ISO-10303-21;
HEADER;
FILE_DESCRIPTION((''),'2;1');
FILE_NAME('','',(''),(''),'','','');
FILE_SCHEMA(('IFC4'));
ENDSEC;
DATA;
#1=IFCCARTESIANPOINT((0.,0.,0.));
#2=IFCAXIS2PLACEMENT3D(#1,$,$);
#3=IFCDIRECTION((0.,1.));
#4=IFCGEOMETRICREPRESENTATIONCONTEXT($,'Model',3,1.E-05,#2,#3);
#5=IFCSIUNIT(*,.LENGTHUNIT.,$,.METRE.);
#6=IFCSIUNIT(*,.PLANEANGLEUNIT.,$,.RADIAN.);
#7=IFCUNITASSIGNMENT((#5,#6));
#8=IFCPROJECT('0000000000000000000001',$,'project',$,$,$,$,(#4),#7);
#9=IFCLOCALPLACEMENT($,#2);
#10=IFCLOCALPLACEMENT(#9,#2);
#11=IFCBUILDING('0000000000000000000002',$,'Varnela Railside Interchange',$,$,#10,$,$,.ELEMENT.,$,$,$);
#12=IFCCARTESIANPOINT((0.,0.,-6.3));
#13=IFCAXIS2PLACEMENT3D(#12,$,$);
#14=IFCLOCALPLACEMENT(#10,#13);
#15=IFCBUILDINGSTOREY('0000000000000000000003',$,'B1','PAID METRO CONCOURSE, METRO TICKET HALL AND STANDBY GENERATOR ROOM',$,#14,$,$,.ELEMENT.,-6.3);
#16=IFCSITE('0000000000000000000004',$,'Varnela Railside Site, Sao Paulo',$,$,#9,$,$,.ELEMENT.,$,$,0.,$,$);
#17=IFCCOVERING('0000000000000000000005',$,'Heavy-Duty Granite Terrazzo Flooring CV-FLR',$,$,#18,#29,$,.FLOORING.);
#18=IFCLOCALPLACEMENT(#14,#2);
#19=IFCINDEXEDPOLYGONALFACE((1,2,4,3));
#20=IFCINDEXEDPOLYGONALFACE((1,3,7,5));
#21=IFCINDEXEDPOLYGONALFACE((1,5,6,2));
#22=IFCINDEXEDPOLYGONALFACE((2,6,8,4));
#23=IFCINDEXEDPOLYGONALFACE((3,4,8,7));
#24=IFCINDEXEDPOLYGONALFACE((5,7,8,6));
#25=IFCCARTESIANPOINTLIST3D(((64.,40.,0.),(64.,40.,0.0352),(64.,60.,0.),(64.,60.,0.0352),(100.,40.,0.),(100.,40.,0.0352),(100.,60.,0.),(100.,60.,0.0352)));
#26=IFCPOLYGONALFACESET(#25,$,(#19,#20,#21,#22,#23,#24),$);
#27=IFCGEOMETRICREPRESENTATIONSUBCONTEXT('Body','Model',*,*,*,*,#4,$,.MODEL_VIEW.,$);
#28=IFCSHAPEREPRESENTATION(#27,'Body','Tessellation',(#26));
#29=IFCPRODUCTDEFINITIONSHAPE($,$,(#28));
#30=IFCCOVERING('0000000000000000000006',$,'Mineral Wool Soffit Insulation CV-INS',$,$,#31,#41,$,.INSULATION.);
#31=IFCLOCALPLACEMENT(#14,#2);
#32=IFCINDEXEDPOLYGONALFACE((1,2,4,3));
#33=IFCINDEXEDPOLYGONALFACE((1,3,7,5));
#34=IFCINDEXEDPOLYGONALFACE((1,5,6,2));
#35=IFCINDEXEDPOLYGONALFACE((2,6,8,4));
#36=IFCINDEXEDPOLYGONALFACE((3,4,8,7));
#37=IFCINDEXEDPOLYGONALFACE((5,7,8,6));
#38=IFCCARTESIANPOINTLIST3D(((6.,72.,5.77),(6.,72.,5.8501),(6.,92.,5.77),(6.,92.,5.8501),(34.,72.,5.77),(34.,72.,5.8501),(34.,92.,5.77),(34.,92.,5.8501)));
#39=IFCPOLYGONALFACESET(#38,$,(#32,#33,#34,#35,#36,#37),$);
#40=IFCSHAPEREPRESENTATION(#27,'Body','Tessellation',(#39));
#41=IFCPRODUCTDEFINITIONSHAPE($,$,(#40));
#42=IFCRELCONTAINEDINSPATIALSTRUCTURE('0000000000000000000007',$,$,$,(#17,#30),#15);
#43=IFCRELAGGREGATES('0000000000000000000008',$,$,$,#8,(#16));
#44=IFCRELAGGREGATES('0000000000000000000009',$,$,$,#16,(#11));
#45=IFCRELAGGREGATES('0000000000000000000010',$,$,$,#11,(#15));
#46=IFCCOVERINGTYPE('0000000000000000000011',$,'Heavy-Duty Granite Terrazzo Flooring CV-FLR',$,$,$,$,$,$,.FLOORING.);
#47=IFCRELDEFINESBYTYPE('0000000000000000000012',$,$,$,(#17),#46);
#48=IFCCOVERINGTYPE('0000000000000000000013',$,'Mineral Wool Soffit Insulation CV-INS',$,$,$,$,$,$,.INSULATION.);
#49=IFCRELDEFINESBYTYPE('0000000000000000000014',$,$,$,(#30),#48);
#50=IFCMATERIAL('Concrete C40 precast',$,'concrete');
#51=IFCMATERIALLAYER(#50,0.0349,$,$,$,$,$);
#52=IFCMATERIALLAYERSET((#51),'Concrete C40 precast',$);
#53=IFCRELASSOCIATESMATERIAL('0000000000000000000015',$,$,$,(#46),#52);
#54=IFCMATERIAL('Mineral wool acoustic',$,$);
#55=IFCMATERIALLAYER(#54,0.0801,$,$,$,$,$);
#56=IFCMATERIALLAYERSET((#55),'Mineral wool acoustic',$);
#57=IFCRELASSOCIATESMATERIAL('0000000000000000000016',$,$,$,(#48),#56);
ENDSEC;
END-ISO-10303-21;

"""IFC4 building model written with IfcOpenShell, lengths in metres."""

from ifc_helpers import new_model, si_unit, direction, frame, origin, place, context, subcontext, project, spatial, polyline, outline, extrude, material, layer, layer_set, type_object, element, save


model = new_model("IFC4")

# Units and contexts
model_context = context("Model", 3, precision=1e-05, world=origin(), true_north=direction((0.0, 1.0)))
body_context = subcontext(model_context, "Body", "Model", "MODEL_VIEW")
ifc_project = project(units=[si_unit("LENGTHUNIT", "METRE"), si_unit("PLANEANGLEUNIT", "RADIAN")], contexts=[model_context])

# Site, building, storey
site_placement = place(None, origin())
site = spatial("IfcSite", under=ifc_project, at=site_placement, Name="Varnela Railside Site, Sao Paulo", CompositionType="ELEMENT", RefElevation=0.0)
building_placement = place(site_placement, origin())
building = spatial("IfcBuilding", under=site, at=building_placement, Name="Varnela Railside Interchange", CompositionType="ELEMENT")
storey_placement = place(building_placement, frame((0.0, 0.0, -6.3)))
storey = spatial("IfcBuildingStorey", under=building, at=storey_placement, Name="B1", Description="PAID METRO CONCOURSE, METRO TICKET HALL AND STANDBY GENERATOR ROOM", CompositionType="ELEMENT", Elevation=-6.3)

# Coverings
ifc_material_1 = material(Name="Concrete C40 precast", Category="concrete")
ifc_layer_1 = layer(ifc_material_1, 0.0349)
ifc_layer_set_1 = layer_set([ifc_layer_1], Name="Concrete C40 precast")
covering_type_1 = type_object("IfcCoveringType", Name="Heavy-Duty Granite Terrazzo Flooring CV-FLR", PredefinedType="FLOORING", material=ifc_layer_set_1)
covering_1_placement = place(storey_placement, origin())
element("IfcCovering", 1, at=covering_1_placement, inside=storey, type_object=covering_type_1, Name="Heavy-Duty Granite Terrazzo Flooring CV-FLR", PredefinedType="FLOORING", context=body_context, shape_type="SweptSolid", body=[
    extrude(outline(polyline([(64.0, 40.0), (100.0, 40.0), (100.0, 60.0), (64.0, 60.0), (64.0, 40.0)])), origin(), (0.0, 0.0, 1.0), 0.0352),
])
ifc_material_2 = material(Name="Mineral wool acoustic")
ifc_layer_2 = layer(ifc_material_2, 0.0801)
ifc_layer_set_2 = layer_set([ifc_layer_2], Name="Mineral wool acoustic")
covering_type_2 = type_object("IfcCoveringType", Name="Mineral Wool Soffit Insulation CV-INS", PredefinedType="INSULATION", material=ifc_layer_set_2)
covering_2_placement = place(storey_placement, frame((0.0, 0.0, 5.77)))
element("IfcCovering", 2, at=covering_2_placement, inside=storey, type_object=covering_type_2, Name="Mineral Wool Soffit Insulation CV-INS", PredefinedType="INSULATION", context=body_context, shape_type="SweptSolid", body=[
    extrude(outline(polyline([(6.0, 72.0), (34.0, 72.0), (34.0, 92.0), (6.0, 92.0), (6.0, 72.0)])), origin(), (0.0, 0.0, 1.0), 0.0801),
])

save(model, "model.ifc")
